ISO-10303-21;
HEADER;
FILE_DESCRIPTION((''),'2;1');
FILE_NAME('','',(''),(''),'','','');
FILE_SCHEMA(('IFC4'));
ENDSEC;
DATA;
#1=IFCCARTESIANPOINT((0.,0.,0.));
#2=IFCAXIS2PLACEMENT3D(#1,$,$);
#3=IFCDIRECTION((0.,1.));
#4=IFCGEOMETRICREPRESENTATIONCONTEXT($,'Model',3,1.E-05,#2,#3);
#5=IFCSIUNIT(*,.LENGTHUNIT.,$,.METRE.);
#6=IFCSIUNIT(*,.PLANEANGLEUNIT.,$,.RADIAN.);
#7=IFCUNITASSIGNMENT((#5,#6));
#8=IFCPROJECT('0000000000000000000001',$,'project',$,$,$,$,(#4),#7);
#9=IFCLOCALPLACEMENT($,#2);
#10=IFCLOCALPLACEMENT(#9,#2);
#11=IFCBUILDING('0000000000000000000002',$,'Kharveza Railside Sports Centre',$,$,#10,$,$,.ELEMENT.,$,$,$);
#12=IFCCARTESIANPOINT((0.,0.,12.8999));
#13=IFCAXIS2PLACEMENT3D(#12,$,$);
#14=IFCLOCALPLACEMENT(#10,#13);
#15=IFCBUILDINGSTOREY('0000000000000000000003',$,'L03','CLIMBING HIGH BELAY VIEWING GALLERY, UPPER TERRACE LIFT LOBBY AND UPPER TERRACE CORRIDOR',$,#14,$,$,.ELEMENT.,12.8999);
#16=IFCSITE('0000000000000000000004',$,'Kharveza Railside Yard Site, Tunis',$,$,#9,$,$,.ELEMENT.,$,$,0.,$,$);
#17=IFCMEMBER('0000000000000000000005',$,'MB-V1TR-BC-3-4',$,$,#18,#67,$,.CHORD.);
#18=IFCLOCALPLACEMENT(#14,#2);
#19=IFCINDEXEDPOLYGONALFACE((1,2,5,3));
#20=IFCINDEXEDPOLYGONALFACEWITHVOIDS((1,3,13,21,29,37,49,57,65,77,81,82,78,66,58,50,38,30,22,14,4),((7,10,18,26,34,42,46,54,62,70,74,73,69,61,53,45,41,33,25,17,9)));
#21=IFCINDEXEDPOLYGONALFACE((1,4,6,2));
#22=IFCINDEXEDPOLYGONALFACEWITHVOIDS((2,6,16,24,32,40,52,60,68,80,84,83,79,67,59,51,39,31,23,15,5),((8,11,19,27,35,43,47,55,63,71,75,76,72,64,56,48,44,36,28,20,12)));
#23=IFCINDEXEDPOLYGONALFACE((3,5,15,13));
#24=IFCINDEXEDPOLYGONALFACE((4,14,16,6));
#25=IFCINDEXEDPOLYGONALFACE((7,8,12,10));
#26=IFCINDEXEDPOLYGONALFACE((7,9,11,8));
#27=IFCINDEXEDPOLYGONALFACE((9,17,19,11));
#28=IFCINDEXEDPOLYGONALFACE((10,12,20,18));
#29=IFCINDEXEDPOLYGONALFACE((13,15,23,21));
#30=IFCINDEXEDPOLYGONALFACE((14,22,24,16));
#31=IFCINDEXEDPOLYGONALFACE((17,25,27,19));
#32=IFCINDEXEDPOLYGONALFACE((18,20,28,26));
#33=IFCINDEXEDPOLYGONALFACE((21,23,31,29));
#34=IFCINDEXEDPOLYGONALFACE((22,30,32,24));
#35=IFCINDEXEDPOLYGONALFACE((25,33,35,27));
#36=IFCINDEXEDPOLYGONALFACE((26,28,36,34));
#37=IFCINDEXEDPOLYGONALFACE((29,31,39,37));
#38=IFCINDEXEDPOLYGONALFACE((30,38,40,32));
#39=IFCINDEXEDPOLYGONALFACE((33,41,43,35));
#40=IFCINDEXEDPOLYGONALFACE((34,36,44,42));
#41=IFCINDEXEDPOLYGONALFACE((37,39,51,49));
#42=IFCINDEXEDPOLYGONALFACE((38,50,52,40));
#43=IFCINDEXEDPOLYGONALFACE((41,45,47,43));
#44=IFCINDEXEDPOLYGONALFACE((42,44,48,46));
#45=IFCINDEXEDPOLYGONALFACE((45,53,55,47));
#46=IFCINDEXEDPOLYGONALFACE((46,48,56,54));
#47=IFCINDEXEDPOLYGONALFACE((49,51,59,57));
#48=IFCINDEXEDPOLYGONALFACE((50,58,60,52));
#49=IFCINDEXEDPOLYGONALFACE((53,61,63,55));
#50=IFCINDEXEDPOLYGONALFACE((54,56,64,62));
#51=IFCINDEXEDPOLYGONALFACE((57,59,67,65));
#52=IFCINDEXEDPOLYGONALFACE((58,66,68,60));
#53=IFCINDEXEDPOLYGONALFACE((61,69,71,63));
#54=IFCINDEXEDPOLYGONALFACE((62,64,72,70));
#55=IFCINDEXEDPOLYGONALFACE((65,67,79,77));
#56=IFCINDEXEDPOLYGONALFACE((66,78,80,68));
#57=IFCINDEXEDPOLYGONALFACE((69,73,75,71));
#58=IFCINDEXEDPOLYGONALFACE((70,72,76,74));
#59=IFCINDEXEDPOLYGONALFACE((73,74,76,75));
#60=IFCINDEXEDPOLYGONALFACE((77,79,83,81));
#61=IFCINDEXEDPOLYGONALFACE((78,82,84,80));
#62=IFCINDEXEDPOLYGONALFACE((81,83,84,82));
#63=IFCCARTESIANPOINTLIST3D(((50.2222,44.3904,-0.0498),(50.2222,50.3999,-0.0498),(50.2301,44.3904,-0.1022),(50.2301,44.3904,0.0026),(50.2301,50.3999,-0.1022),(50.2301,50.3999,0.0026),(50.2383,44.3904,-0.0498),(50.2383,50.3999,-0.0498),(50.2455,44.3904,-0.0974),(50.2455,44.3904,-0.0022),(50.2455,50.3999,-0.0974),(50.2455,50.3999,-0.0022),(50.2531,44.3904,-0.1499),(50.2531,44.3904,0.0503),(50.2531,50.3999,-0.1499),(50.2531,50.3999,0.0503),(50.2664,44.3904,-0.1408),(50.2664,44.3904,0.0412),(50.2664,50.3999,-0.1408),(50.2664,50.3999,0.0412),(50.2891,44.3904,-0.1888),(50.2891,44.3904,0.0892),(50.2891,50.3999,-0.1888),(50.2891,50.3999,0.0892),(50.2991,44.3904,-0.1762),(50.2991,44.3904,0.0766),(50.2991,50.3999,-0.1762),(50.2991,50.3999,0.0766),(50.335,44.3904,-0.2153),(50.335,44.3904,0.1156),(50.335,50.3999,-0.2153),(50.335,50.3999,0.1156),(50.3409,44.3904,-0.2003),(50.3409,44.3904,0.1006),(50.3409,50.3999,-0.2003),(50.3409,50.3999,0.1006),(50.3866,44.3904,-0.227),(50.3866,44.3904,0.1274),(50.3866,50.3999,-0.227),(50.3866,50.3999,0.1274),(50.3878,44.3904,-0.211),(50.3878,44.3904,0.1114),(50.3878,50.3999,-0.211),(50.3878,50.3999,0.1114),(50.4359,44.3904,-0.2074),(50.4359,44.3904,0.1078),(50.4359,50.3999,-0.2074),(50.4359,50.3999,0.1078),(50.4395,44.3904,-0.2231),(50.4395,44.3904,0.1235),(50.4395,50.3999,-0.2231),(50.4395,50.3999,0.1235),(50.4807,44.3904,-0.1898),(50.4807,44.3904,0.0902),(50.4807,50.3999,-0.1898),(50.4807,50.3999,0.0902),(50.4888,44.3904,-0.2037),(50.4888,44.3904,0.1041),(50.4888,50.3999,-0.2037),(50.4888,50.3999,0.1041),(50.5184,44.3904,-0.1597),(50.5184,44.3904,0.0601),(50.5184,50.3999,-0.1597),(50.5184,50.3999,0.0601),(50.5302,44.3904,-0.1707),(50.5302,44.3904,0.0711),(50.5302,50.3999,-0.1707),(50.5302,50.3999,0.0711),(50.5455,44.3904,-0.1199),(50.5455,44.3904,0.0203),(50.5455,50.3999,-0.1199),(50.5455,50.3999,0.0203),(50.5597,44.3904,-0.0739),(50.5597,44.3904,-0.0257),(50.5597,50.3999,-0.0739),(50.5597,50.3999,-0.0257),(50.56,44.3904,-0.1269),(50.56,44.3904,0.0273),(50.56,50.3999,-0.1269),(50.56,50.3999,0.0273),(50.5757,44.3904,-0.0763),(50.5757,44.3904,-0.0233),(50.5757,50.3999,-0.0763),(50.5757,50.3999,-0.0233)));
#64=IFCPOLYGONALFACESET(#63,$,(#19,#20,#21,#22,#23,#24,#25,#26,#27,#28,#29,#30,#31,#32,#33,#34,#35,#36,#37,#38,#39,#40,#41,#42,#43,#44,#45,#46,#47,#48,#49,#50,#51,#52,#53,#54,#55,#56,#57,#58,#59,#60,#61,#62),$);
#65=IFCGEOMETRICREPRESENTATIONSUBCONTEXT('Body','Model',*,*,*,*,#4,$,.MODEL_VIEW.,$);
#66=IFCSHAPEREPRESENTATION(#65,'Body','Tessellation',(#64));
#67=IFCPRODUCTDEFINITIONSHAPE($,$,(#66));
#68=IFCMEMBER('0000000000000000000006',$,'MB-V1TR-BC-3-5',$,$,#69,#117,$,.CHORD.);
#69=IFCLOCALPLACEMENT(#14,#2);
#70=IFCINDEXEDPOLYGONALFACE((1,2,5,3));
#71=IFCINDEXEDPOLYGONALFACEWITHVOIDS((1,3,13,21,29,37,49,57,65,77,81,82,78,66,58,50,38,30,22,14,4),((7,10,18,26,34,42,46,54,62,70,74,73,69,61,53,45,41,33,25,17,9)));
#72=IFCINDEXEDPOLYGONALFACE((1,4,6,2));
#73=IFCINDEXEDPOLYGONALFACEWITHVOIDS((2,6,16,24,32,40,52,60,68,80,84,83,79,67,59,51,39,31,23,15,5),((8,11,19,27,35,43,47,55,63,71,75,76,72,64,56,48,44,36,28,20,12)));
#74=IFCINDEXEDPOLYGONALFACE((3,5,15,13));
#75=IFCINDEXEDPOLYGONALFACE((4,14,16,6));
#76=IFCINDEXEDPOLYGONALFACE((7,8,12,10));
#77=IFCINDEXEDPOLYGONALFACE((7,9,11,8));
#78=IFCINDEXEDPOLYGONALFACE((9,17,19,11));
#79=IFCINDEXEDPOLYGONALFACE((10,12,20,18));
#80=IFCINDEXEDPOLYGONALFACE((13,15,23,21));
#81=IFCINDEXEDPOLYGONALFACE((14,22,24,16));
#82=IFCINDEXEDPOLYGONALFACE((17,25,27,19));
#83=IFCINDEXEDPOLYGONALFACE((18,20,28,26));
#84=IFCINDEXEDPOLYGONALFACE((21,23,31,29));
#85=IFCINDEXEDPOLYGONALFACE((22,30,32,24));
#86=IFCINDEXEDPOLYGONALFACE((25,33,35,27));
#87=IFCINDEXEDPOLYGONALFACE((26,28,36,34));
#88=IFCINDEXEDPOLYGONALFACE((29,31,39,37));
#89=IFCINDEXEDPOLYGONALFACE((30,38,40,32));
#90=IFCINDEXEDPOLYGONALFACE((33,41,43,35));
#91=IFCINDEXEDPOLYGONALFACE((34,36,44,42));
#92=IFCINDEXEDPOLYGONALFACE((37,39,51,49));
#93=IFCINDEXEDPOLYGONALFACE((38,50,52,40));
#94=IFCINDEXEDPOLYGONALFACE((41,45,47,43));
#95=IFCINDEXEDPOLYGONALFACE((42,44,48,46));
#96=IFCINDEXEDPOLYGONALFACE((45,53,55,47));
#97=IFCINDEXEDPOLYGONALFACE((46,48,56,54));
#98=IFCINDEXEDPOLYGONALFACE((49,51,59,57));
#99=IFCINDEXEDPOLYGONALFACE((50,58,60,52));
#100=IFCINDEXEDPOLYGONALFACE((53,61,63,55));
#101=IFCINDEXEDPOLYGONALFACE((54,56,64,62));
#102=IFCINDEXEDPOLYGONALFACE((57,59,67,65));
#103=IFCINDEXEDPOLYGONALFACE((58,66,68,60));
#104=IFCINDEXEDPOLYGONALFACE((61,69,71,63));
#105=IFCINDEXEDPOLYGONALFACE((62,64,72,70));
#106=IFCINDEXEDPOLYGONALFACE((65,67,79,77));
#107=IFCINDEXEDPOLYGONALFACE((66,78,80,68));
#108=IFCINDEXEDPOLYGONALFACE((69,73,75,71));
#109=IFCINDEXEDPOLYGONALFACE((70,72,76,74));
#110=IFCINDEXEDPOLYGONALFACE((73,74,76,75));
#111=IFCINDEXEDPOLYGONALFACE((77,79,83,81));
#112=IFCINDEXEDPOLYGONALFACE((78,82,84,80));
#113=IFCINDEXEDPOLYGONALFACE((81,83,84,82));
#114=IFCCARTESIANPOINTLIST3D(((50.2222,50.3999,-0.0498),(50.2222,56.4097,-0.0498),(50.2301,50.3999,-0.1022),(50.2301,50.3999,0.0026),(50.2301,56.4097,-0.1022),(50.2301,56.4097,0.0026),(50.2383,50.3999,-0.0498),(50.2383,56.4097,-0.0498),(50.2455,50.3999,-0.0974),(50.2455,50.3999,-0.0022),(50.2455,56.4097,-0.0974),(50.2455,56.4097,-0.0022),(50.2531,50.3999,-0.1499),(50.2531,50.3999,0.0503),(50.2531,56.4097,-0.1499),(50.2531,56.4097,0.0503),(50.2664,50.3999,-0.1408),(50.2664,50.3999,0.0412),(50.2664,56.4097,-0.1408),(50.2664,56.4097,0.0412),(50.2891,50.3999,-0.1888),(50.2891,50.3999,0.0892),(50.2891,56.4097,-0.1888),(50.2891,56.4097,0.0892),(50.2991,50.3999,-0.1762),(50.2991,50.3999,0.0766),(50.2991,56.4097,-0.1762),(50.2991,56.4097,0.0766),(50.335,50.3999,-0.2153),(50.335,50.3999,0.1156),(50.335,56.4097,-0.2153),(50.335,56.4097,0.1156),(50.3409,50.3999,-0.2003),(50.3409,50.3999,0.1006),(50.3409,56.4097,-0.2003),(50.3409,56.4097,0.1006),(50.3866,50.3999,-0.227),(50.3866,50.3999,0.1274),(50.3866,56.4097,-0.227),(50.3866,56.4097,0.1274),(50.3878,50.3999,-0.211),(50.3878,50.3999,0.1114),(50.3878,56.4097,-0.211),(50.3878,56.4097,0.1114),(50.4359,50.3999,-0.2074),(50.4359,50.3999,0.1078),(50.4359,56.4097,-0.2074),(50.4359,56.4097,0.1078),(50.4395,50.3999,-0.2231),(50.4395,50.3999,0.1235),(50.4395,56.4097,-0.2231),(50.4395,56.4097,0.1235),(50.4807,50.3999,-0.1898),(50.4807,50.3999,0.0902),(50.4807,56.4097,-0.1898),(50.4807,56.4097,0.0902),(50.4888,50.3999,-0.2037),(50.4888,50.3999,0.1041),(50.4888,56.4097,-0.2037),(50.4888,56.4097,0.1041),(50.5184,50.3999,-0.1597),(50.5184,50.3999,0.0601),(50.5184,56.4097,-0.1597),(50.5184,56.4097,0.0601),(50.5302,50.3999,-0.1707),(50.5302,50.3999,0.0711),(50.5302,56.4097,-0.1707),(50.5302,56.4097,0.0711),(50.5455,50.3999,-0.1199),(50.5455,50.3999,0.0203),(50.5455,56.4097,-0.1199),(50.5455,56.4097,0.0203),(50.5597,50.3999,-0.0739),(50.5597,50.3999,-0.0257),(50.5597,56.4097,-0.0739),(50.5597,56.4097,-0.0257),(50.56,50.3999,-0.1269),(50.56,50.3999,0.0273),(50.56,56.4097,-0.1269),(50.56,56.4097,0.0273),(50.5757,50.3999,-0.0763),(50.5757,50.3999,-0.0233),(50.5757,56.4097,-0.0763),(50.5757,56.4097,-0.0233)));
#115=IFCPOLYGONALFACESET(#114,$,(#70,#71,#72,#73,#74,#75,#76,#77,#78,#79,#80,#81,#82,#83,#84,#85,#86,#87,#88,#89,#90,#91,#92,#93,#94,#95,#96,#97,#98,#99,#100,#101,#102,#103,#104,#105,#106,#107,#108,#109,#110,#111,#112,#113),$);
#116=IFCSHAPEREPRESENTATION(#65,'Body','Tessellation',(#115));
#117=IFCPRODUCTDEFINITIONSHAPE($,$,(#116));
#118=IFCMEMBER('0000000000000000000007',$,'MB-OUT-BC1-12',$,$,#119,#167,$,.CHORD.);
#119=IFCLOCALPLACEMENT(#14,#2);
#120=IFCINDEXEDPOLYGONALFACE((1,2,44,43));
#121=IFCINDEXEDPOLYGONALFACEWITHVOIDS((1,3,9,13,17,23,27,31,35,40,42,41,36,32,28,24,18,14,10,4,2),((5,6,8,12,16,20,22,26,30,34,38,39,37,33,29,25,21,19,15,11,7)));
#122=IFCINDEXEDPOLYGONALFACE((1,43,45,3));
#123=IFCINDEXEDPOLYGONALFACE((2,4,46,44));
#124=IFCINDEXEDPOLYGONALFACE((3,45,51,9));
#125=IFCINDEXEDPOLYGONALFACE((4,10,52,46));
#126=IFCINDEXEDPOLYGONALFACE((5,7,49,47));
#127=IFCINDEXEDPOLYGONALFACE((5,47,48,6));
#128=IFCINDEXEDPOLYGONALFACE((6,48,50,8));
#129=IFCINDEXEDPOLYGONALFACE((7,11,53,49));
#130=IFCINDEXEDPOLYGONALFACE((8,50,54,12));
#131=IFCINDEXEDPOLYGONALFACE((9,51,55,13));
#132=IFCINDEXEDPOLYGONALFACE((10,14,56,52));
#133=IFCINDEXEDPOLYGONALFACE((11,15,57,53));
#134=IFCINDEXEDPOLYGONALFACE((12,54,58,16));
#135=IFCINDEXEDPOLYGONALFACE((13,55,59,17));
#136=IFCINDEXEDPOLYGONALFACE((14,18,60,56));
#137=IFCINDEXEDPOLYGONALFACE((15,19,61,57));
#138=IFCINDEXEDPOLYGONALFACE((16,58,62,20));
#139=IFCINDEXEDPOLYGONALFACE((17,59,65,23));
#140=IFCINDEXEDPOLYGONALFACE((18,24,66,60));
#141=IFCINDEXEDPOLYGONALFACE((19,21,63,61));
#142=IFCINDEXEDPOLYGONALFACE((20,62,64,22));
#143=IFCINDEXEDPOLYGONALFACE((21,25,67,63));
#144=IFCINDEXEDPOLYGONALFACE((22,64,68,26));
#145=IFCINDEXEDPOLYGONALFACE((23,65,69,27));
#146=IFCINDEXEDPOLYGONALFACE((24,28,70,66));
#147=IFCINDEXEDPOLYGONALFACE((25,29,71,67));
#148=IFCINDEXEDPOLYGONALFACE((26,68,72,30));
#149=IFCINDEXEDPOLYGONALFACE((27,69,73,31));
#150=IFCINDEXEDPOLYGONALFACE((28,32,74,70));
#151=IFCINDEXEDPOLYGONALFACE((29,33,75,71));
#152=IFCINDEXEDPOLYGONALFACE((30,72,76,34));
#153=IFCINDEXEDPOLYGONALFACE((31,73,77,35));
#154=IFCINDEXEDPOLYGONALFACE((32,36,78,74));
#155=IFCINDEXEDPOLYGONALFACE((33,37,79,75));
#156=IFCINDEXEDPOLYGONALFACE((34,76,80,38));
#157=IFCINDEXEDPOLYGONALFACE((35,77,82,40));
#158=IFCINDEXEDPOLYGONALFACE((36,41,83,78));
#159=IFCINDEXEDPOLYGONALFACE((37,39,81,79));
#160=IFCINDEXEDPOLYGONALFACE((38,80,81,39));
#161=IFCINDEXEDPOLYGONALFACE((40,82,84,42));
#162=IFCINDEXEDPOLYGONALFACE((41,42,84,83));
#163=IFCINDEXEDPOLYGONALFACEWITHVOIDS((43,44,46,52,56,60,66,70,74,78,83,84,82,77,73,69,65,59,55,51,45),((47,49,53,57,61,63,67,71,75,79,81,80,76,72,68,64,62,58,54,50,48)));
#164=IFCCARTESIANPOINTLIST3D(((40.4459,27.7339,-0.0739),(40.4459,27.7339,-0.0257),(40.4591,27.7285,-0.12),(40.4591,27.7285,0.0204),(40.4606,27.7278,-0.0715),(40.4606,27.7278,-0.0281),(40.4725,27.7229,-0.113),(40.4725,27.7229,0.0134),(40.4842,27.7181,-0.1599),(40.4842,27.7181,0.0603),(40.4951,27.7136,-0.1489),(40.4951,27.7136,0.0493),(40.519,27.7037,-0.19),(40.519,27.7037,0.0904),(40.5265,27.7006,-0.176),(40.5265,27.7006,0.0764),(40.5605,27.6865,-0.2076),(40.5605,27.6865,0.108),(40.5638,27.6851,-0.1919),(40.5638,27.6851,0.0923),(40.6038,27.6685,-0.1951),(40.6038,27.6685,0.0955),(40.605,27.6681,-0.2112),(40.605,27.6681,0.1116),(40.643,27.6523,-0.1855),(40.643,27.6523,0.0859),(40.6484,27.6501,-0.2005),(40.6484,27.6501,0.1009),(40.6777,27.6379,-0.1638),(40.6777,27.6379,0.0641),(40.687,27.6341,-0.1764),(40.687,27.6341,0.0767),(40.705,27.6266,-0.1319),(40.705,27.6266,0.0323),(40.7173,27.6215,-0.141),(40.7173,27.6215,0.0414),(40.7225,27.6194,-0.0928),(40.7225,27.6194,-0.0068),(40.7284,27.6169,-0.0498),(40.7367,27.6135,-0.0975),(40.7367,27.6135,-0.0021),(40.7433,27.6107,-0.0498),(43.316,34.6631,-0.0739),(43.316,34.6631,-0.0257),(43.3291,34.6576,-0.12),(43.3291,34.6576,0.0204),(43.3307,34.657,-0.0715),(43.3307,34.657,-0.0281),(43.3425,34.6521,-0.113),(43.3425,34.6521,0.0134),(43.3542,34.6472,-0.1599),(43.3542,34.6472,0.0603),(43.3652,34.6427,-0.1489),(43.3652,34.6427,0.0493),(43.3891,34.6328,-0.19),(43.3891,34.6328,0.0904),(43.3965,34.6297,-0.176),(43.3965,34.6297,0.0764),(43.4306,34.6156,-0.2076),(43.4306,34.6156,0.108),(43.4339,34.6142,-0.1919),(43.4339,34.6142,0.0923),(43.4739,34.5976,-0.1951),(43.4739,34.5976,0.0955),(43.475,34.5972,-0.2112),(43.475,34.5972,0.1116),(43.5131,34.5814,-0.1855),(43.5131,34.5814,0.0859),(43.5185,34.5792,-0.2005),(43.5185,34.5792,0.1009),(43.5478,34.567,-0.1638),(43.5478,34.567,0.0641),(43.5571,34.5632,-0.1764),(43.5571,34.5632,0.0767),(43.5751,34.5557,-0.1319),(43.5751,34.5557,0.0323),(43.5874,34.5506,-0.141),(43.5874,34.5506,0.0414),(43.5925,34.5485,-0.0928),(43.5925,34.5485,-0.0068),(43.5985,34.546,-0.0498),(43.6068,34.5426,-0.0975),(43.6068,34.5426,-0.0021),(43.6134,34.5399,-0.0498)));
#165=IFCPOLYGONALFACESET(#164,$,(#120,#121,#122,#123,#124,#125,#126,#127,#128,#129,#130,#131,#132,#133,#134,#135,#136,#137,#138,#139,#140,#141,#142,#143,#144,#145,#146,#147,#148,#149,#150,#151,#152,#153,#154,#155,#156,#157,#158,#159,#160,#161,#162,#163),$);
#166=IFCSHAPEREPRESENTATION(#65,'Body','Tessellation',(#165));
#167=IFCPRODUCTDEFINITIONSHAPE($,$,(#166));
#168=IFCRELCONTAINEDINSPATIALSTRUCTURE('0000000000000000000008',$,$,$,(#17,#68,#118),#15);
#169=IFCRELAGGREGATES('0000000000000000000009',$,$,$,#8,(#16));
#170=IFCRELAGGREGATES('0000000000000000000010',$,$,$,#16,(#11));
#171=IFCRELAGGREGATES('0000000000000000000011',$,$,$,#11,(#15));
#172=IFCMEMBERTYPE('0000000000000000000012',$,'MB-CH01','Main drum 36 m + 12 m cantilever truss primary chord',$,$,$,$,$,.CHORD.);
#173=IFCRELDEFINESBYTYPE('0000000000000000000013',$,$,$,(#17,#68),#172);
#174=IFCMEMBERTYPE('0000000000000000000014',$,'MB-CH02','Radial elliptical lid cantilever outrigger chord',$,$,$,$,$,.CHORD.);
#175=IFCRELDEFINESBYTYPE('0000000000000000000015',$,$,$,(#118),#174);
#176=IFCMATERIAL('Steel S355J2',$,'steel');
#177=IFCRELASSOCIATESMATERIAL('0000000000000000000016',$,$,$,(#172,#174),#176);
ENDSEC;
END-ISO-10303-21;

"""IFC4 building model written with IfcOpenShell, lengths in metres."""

from ifc_helpers import new_model, si_unit, direction, frame, origin, origin_2d, place, context, subcontext, project, spatial, hollow_circle, extrude, material, material_profile, profile_set, type_object, element, save


model = new_model("IFC4")

# Units and contexts
model_context = context("Model", 3, precision=1e-05, world=origin(), true_north=direction((0.0, 1.0)))
body_context = subcontext(model_context, "Body", "Model", "MODEL_VIEW")
ifc_project = project(units=[si_unit("LENGTHUNIT", "METRE"), si_unit("PLANEANGLEUNIT", "RADIAN")], contexts=[model_context])

# Site, building, storey
site_placement = place(None, origin())
site = spatial("IfcSite", under=ifc_project, at=site_placement, Name="Kharveza Railside Yard Site, Tunis", CompositionType="ELEMENT", RefElevation=0.0)
building_placement = place(site_placement, origin())
building = spatial("IfcBuilding", under=site, at=building_placement, Name="Kharveza Railside Sports Centre", CompositionType="ELEMENT")
storey_placement = place(building_placement, frame((0.0, 0.0, 12.8999)))
storey = spatial("IfcBuildingStorey", under=building, at=storey_placement, Name="L03", Description="CLIMBING HIGH BELAY VIEWING GALLERY, UPPER TERRACE LIFT LOBBY AND UPPER TERRACE CORRIDOR", CompositionType="ELEMENT", Elevation=12.8999)

# Members
ifc_material = material(Name="Steel S355J2", Category="steel")
ifc_material_profile_1 = material_profile(ifc_material, hollow_circle(Radius=0.1777, WallThickness=0.0161, at=origin_2d()), Name="CHS 355.6x16.0")
ifc_profile_set_1 = profile_set([ifc_material_profile_1], Name="Steel S355J2")
member_type_1 = type_object("IfcMemberType", Name="MB-CH01", Description="Main drum 36 m + 12 m cantilever truss primary chord", PredefinedType="CHORD", material=ifc_profile_set_1)
member_1_placement = place(storey_placement, frame((50.3999, 44.3904, -0.0498), z_axis=(0.0, 1.0, 0.0), x_axis=(-1.0, 0.0, 0.0)))
element("IfcMember", 1, at=member_1_placement, inside=storey, type_object=member_type_1, Name="MB-V1TR-BC-3-4", PredefinedType="CHORD", context=body_context, shape_type="SweptSolid", body=[
    extrude(hollow_circle(Radius=0.1777, WallThickness=0.0161, at=origin_2d()), origin(), (0.0, 0.0, 1.0), 6.0095),
])
member_2_placement = place(storey_placement, frame((50.3999, 50.3999, -0.0498), z_axis=(0.0, 1.0, 0.0), x_axis=(-1.0, 0.0, 0.0)))
element("IfcMember", 2, at=member_2_placement, inside=storey, type_object=member_type_1, Name="MB-V1TR-BC-3-5", PredefinedType="CHORD", context=body_context, shape_type="SweptSolid", body=[
    extrude(hollow_circle(Radius=0.1777, WallThickness=0.0161, at=origin_2d()), origin(), (0.0, 0.0, 1.0), 6.0098),
])
ifc_material_profile_2 = material_profile(ifc_material, hollow_circle(Radius=0.1619, WallThickness=0.0161, at=origin_2d()), Name="CHS 323.9x16.0")
ifc_profile_set_2 = profile_set([ifc_material_profile_2], Name="Steel S355J2")
member_type_2 = type_object("IfcMemberType", Name="MB-CH02", Description="Radial elliptical lid cantilever outrigger chord", PredefinedType="CHORD", material=ifc_profile_set_2)
member_3_placement = place(storey_placement, frame((43.4639, 34.6018, -0.0498), z_axis=(-0.382678, -0.923882, 0.0), x_axis=(0.923882, -0.382678, 0.0)))
element("IfcMember", 3, at=member_3_placement, inside=storey, type_object=member_type_2, Name="MB-OUT-BC1-12", PredefinedType="CHORD", context=body_context, shape_type="SweptSolid", body=[
    extrude(hollow_circle(Radius=0.1619, WallThickness=0.0161, at=origin_2d()), origin(), (0.0, 0.0, 1.0), 7.5),
])

save(model, "model.ifc")
